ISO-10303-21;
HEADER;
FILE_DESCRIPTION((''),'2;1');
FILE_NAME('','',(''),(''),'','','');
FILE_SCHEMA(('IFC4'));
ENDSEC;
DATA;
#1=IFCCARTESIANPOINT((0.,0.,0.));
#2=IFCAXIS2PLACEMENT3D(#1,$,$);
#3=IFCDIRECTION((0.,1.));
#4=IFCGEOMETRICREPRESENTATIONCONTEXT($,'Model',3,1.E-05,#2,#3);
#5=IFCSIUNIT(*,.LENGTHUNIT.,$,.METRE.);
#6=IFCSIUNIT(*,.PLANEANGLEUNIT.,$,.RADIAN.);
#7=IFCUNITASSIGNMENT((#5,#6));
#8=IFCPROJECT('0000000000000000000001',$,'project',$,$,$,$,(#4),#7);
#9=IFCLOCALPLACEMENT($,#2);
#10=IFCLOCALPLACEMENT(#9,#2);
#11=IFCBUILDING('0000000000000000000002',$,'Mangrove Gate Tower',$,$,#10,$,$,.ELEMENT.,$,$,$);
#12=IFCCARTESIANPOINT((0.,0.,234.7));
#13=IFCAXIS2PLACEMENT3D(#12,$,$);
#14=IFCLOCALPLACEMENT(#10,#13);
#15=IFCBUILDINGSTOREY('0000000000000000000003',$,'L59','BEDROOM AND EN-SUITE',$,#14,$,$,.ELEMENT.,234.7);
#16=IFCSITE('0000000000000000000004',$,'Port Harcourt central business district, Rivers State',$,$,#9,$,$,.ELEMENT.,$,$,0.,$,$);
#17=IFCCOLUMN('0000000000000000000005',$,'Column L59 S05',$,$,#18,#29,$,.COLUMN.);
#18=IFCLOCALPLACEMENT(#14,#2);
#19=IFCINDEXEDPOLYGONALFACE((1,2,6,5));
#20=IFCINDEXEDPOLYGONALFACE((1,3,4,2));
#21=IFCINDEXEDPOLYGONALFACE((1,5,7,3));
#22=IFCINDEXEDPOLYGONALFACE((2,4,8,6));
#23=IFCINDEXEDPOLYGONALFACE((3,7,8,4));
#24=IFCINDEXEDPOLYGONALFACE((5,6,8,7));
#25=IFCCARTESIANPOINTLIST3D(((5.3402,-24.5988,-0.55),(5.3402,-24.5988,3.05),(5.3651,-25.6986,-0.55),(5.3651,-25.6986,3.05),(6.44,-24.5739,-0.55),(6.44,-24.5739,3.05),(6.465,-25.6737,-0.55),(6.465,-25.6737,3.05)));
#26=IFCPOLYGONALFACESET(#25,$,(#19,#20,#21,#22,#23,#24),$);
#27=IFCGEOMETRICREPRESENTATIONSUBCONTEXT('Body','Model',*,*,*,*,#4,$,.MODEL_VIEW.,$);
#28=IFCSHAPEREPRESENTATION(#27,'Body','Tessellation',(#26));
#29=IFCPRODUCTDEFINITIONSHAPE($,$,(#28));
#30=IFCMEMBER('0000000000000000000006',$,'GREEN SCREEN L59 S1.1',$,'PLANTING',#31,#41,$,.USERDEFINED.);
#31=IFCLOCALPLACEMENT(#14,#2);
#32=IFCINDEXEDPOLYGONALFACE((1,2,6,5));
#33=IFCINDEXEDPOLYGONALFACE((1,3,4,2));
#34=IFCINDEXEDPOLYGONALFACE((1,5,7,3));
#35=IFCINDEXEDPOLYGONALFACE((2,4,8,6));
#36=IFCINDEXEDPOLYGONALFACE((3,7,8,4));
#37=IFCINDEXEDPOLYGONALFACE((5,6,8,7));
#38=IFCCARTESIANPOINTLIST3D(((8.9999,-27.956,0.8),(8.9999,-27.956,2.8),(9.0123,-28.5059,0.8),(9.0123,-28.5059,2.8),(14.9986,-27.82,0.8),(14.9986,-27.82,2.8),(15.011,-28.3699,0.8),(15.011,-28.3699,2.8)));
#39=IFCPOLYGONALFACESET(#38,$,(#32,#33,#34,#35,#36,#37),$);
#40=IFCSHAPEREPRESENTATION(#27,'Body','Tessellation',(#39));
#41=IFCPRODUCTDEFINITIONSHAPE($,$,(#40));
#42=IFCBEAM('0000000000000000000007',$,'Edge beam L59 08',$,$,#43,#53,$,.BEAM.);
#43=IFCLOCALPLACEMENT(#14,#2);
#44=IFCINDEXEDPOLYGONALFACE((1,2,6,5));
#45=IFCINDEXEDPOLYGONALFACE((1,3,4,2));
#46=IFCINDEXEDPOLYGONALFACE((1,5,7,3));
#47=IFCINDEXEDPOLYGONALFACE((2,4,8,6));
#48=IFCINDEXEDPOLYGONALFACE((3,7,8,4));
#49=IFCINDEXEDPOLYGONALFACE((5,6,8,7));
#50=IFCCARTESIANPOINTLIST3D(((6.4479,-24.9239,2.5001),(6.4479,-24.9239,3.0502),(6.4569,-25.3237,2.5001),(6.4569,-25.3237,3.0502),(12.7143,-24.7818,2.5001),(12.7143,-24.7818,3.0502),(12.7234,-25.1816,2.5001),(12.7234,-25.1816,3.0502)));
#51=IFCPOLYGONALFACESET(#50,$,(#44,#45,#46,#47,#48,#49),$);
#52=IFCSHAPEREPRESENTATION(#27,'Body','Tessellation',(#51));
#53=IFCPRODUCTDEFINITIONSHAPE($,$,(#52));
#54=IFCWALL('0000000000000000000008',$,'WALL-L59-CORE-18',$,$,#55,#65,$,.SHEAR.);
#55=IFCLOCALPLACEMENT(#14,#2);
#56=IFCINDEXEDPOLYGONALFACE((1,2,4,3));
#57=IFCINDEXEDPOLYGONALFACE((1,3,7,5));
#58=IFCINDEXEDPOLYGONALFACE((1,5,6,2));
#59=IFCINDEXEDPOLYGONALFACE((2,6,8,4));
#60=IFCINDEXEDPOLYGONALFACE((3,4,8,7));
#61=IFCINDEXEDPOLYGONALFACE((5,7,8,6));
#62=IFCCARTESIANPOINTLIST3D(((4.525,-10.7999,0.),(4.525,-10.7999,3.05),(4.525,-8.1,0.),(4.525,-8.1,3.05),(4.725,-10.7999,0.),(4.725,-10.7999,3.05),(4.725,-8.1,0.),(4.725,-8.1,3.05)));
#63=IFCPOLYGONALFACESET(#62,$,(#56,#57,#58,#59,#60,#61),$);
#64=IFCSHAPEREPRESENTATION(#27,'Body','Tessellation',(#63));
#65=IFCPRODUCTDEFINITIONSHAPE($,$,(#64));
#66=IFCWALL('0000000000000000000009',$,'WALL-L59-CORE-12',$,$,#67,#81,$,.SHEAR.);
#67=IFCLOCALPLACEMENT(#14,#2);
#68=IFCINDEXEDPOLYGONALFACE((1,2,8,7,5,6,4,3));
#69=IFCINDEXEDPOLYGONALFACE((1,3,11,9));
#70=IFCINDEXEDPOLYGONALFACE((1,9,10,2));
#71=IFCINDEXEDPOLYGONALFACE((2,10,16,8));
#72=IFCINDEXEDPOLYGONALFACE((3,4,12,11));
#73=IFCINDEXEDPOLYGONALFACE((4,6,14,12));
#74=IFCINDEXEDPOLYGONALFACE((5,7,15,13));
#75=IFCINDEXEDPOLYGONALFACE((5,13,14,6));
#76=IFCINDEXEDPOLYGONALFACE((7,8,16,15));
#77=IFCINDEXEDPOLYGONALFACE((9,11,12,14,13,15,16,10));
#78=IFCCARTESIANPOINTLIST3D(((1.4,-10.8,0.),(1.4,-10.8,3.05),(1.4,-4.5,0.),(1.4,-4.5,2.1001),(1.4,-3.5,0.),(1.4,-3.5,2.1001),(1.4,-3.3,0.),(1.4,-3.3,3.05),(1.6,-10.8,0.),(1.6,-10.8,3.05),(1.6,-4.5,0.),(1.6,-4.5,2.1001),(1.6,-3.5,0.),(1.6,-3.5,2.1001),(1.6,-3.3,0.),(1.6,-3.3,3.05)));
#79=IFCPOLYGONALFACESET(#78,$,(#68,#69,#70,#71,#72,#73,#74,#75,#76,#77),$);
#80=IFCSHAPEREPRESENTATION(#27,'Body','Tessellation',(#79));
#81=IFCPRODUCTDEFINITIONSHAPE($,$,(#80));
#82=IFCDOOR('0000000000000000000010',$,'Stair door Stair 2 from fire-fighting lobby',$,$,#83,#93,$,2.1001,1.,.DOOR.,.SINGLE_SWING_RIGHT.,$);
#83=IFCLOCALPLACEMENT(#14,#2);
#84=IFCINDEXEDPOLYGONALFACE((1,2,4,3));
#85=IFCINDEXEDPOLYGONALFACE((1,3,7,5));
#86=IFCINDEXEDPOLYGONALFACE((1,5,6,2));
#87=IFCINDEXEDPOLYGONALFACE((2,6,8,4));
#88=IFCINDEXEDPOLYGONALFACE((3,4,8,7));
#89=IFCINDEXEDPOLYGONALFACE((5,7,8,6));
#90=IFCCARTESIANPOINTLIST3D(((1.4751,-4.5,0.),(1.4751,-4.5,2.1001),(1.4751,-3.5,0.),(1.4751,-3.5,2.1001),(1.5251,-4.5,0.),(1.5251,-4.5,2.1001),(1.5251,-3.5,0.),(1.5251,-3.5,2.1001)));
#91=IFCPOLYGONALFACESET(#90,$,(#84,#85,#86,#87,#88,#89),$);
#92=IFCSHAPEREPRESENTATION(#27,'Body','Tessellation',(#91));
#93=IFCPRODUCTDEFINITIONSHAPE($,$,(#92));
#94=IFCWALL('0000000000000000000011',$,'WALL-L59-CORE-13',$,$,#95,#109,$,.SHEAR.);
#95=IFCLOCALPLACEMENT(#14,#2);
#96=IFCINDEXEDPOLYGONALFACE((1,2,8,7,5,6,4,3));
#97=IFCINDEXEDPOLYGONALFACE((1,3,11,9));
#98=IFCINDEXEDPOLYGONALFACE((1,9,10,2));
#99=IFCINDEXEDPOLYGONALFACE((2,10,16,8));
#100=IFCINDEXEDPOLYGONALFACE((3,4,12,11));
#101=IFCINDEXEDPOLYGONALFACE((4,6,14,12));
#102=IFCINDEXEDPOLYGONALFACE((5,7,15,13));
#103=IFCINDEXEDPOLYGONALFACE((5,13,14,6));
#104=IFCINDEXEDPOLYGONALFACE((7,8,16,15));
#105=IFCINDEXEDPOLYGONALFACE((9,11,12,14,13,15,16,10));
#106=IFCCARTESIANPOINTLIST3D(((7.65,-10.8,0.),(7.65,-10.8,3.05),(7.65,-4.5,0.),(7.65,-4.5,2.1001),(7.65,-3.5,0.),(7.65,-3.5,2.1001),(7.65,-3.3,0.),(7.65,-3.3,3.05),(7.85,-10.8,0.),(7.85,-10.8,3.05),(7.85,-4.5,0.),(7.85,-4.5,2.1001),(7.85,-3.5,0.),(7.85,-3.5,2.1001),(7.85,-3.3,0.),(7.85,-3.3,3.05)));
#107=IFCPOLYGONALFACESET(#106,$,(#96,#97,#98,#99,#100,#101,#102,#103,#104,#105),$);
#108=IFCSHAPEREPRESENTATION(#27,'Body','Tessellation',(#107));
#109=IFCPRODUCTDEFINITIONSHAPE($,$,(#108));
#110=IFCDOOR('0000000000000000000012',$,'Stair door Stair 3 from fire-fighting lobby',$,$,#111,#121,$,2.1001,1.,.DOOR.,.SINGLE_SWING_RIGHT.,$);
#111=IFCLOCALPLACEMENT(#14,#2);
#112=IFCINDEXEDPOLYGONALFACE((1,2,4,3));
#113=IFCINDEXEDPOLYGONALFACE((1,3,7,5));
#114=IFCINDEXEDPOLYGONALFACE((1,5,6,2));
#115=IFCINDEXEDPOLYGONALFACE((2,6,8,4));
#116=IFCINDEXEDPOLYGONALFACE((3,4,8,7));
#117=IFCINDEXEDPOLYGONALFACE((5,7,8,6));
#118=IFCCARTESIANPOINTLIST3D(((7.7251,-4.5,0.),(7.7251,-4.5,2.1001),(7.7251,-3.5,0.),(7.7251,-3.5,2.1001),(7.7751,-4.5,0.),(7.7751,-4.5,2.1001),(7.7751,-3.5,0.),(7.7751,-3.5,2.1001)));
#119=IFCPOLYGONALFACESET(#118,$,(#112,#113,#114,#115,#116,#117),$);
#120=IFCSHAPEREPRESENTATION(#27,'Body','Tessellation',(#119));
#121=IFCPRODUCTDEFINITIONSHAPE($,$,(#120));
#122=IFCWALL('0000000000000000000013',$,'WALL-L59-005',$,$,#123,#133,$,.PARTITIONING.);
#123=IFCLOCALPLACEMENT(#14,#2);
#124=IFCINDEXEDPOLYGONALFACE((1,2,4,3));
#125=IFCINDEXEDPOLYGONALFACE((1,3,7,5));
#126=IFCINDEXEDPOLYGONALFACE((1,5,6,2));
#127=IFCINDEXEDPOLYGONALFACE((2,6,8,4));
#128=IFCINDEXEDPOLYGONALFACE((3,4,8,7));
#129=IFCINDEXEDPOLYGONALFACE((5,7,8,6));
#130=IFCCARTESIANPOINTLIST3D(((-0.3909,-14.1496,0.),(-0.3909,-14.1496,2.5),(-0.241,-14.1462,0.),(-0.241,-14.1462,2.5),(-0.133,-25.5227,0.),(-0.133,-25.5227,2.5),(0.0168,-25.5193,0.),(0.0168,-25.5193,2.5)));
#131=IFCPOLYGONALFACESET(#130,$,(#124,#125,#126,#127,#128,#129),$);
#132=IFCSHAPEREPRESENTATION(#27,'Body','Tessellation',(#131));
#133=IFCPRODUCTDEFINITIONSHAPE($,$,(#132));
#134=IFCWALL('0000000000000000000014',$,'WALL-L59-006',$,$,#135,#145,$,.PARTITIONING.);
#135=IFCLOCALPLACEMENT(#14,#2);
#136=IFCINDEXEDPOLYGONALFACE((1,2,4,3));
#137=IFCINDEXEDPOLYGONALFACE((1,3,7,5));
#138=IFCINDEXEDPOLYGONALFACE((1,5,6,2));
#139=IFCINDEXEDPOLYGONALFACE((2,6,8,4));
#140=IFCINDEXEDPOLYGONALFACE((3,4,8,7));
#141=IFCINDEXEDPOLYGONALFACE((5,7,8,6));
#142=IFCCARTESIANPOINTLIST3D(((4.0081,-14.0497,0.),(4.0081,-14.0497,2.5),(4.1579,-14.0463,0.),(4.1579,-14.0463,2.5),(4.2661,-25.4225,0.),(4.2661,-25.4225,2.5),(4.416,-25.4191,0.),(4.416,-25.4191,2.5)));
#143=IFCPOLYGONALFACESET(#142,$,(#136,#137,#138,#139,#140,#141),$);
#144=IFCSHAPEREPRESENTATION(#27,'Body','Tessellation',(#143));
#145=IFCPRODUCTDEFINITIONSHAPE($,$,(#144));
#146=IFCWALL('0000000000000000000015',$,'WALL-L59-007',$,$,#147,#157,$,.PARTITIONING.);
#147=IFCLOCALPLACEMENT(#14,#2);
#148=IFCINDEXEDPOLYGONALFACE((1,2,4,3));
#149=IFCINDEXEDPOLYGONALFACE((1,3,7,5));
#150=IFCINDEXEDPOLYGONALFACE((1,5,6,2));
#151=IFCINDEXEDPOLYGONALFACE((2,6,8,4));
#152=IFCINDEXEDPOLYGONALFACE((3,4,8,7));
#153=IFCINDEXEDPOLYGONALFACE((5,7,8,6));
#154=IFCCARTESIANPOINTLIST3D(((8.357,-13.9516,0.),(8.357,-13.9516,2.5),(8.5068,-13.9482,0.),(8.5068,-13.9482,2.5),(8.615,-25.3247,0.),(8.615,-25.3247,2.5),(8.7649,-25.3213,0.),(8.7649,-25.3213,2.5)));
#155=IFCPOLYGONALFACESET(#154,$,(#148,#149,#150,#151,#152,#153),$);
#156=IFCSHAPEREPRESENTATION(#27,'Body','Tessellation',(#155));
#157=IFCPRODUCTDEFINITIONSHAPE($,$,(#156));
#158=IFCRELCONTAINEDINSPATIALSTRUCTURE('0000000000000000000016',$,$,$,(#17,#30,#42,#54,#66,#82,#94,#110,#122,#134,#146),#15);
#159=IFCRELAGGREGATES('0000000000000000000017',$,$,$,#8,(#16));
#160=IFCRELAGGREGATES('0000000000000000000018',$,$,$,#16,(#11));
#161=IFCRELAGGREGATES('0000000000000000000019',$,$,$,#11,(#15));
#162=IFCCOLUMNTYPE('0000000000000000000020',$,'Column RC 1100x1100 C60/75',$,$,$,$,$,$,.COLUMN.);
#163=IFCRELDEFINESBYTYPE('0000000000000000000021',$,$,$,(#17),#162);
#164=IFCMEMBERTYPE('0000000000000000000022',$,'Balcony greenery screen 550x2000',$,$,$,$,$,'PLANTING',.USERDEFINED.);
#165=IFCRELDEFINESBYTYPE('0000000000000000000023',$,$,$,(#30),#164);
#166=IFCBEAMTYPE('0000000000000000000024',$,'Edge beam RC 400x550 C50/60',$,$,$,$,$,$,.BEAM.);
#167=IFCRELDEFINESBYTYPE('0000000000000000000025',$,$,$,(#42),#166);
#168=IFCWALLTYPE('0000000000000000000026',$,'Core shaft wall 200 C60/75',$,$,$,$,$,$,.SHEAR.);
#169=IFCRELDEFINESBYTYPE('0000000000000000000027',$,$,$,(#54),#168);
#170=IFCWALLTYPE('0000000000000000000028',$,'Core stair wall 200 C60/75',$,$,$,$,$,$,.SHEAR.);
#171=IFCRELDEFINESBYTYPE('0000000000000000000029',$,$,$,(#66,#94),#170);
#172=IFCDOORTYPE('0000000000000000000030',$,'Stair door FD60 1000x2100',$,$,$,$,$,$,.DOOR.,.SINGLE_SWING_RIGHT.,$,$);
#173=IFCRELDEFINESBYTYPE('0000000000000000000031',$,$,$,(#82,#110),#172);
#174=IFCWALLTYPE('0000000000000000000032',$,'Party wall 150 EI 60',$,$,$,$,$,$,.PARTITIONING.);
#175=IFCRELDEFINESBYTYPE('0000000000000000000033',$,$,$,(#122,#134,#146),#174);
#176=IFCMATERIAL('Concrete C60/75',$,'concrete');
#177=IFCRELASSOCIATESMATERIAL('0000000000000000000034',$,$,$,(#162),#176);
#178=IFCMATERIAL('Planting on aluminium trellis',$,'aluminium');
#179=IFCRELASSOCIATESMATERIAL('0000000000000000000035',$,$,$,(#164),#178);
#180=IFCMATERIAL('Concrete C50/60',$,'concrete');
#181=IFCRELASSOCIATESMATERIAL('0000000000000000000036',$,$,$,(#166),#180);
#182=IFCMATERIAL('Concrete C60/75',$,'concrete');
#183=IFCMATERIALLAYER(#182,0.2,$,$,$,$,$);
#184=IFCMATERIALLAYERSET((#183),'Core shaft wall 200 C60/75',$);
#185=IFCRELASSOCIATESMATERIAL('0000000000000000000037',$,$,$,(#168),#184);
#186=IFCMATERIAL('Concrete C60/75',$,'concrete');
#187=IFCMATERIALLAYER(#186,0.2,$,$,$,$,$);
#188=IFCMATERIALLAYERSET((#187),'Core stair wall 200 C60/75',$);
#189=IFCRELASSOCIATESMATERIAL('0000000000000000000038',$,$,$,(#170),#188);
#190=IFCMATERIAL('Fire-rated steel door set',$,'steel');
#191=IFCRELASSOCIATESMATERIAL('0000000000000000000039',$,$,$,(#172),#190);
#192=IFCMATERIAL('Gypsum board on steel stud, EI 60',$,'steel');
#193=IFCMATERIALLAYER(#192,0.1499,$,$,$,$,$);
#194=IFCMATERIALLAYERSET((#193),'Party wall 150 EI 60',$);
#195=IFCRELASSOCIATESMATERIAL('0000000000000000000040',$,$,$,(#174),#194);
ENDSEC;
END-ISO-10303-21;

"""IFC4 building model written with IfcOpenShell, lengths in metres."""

from ifc_helpers import new_model, si_unit, direction, frame, frame_2d, origin, origin_2d, place, context, subcontext, project, spatial, rectangle, extrude, material, layer, layer_set, material_profile, profile_set, type_object, element, fill, save


model = new_model("IFC4")

# Units and contexts
model_context = context("Model", 3, precision=1e-05, world=origin(), true_north=direction((0.0, 1.0)))
body_context = subcontext(model_context, "Body", "Model", "MODEL_VIEW")
ifc_project = project(units=[si_unit("LENGTHUNIT", "METRE"), si_unit("PLANEANGLEUNIT", "RADIAN")], contexts=[model_context])

# Site, building, storey
site_placement = place(None, origin())
site = spatial("IfcSite", under=ifc_project, at=site_placement, Name="Port Harcourt central business district, Rivers State", CompositionType="ELEMENT", RefElevation=0.0)
building_placement = place(site_placement, origin())
building = spatial("IfcBuilding", under=site, at=building_placement, Name="Mangrove Gate Tower", CompositionType="ELEMENT")
storey_placement = place(building_placement, frame((0.0, 0.0, 234.7)))
storey = spatial("IfcBuildingStorey", under=building, at=storey_placement, Name="L59", Description="BEDROOM AND EN-SUITE", CompositionType="ELEMENT", Elevation=234.7)

# Column
ifc_material_1 = material(Name="Concrete C60/75", Category="concrete")
ifc_material_profile_1 = material_profile(ifc_material_1, rectangle(XDim=1.1001, YDim=1.1001, at=origin_2d()))
ifc_profile_set_1 = profile_set([ifc_material_profile_1], Name="Concrete C60/75")
column_type = type_object("IfcColumnType", Name="Column RC 1100x1100 C60/75", PredefinedType="COLUMN", material=ifc_profile_set_1)
column_placement = place(storey_placement, frame((5.9026, -25.1362, -0.55), z_axis=(0.0, 0.0, 1.0), x_axis=(0.999743, 0.022666, 0.0)))
element("IfcColumn", 1, at=column_placement, inside=storey, type_object=column_type, Name="Column L59 S05", PredefinedType="COLUMN", context=body_context, shape_type="SweptSolid", body=[
    extrude(rectangle(XDim=1.1001, YDim=1.1001, at=origin_2d()), origin(), (0.0, 0.0, 1.0), 3.6001),
])

# Member
ifc_material_2 = material(Name="Planting on aluminium trellis", Category="aluminium")
ifc_material_profile_2 = material_profile(ifc_material_2, rectangle(XDim=0.55, YDim=2.0, at=origin_2d()))
ifc_profile_set_2 = profile_set([ifc_material_profile_2], Name="Planting on aluminium trellis")
member_type = type_object("IfcMemberType", Name="Balcony greenery screen 550x2000", ElementType="PLANTING", PredefinedType="USERDEFINED", material=ifc_profile_set_2)
member_placement = place(storey_placement, frame((9.0061, -28.231, 1.8), z_axis=(0.999743, 0.022663, 0.0), x_axis=(-0.022663, 0.999743, 0.0)))
element("IfcMember", 2, at=member_placement, inside=storey, type_object=member_type, Name="GREEN SCREEN L59 S1.1", ObjectType="PLANTING", PredefinedType="USERDEFINED", context=body_context, shape_type="SweptSolid", body=[
    extrude(rectangle(XDim=0.55, YDim=2.0, at=origin_2d()), origin(), (0.0, 0.0, 1.0), 6.0002),
])

# Beam
ifc_material_3 = material(Name="Concrete C50/60", Category="concrete")
ifc_material_profile_3 = material_profile(ifc_material_3, rectangle(XDim=0.3999, YDim=0.55, at=origin_2d()))
ifc_profile_set_3 = profile_set([ifc_material_profile_3], Name="Concrete C50/60")
beam_type = type_object("IfcBeamType", Name="Edge beam RC 400x550 C50/60", PredefinedType="BEAM", material=ifc_profile_set_3)
beam_placement = place(storey_placement, frame((6.4524, -25.1238, 2.7751), z_axis=(0.999743, 0.022669, 0.0), x_axis=(-0.022669, 0.999743, 0.0)))
element("IfcBeam", 3, at=beam_placement, inside=storey, type_object=beam_type, Name="Edge beam L59 08", PredefinedType="BEAM", context=body_context, shape_type="SweptSolid", body=[
    extrude(rectangle(XDim=0.3999, YDim=0.55, at=origin_2d()), origin(), (0.0, 0.0, 1.0), 6.2681),
])

# Wall
ifc_material_4 = material(Name="Concrete C60/75", Category="concrete")
ifc_layer_1 = layer(ifc_material_4, 0.2)
ifc_layer_set_1 = layer_set([ifc_layer_1], Name="Core shaft wall 200 C60/75")
wall_type_1 = type_object("IfcWallType", Name="Core shaft wall 200 C60/75", PredefinedType="SHEAR", material=ifc_layer_set_1)
wall_1_placement = place(storey_placement, frame((4.625, -10.8, 0.0), z_axis=(0.0, 0.0, 1.0), x_axis=(0.0, 1.0, 0.0)))
element("IfcWall", 4, at=wall_1_placement, inside=storey, type_object=wall_type_1, Name="WALL-L59-CORE-18", PredefinedType="SHEAR", context=body_context, shape_type="SweptSolid", body=[
    extrude(rectangle(XDim=2.7, YDim=0.2, at=frame_2d((1.3501, 0.0))), origin(), (0.0, 0.0, 1.0), 3.05),
])

# Walls, openings, doors
ifc_material_5 = material(Name="Concrete C60/75", Category="concrete")
ifc_layer_2 = layer(ifc_material_5, 0.2)
ifc_layer_set_2 = layer_set([ifc_layer_2], Name="Core stair wall 200 C60/75")
wall_type_2 = type_object("IfcWallType", Name="Core stair wall 200 C60/75", PredefinedType="SHEAR", material=ifc_layer_set_2)
wall_2_placement = place(storey_placement, frame((1.5, -10.8, 0.0), z_axis=(0.0, 0.0, 1.0), x_axis=(0.0, 1.0, 0.0)))
wall_2 = element("IfcWall", 5, at=wall_2_placement, inside=storey, type_object=wall_type_2, Name="WALL-L59-CORE-12", PredefinedType="SHEAR", context=body_context, shape_type="SweptSolid", body=[
    extrude(rectangle(XDim=7.5, YDim=0.2, at=frame_2d((3.75, 0.0))), origin(), (0.0, 0.0, 1.0), 3.05),
])
opening_1_placement = place(wall_2_placement, frame((6.3, 0.0, 0.0)))
opening_1 = element("IfcOpeningElement", 6, at=opening_1_placement, cuts=wall_2, PredefinedType="OPENING", context=body_context, shape_type="SweptSolid", body=[
    extrude(rectangle(XDim=1.0, YDim=2.1001, at=frame_2d((0.5, 1.05))), frame((0.0, 0.1099, 0.0), z_axis=(0.0, -1.0, 0.0), x_axis=(1.0, 0.0, 0.0)), (0.0, 0.0, 1.0), 0.22),
])
ifc_material_6 = material(Name="Fire-rated steel door set", Category="steel")
door_type_1 = type_object("IfcDoorType", Name="Stair door FD60 1000x2100", OperationType="SINGLE_SWING_RIGHT", PredefinedType="DOOR", material=ifc_material_6)
door_1_placement = place(opening_1_placement, origin())
door_1 = element("IfcDoor", 7, at=door_1_placement, inside=storey, type_object=door_type_1, Name="Stair door Stair 2 from fire-fighting lobby", OperationType="SINGLE_SWING_RIGHT", OverallHeight=2.1001, OverallWidth=1.0, PredefinedType="DOOR", context=body_context, shape_type="SweptSolid", body=[
    extrude(rectangle(XDim=1.0, YDim=2.1001, at=frame_2d((0.5, 1.05))), frame((0.0, 0.0249, 0.0), z_axis=(0.0, -1.0, 0.0), x_axis=(1.0, 0.0, 0.0)), (0.0, 0.0, 1.0), 0.05),
])
fill(opening_1, door_1)
wall_3_placement = place(storey_placement, frame((7.75, -10.8, 0.0), z_axis=(0.0, 0.0, 1.0), x_axis=(0.0, 1.0, 0.0)))
wall_3 = element("IfcWall", 8, at=wall_3_placement, inside=storey, type_object=wall_type_2, Name="WALL-L59-CORE-13", PredefinedType="SHEAR", context=body_context, shape_type="SweptSolid", body=[
    extrude(rectangle(XDim=7.5, YDim=0.2, at=frame_2d((3.75, 0.0))), origin(), (0.0, 0.0, 1.0), 3.05),
])
opening_2_placement = place(wall_3_placement, frame((6.3, 0.0, 0.0)))
opening_2 = element("IfcOpeningElement", 9, at=opening_2_placement, cuts=wall_3, PredefinedType="OPENING", context=body_context, shape_type="SweptSolid", body=[
    extrude(rectangle(XDim=1.0, YDim=2.1001, at=frame_2d((0.5, 1.05))), frame((0.0, 0.1099, 0.0), z_axis=(0.0, -1.0, 0.0), x_axis=(1.0, 0.0, 0.0)), (0.0, 0.0, 1.0), 0.22),
])
door_2_placement = place(opening_2_placement, origin())
door_2 = element("IfcDoor", 10, at=door_2_placement, inside=storey, type_object=door_type_1, Name="Stair door Stair 3 from fire-fighting lobby", OperationType="SINGLE_SWING_RIGHT", OverallHeight=2.1001, OverallWidth=1.0, PredefinedType="DOOR", context=body_context, shape_type="SweptSolid", body=[
    extrude(rectangle(XDim=1.0, YDim=2.1001, at=frame_2d((0.5, 1.05))), frame((0.0, 0.0249, 0.0), z_axis=(0.0, -1.0, 0.0), x_axis=(1.0, 0.0, 0.0)), (0.0, 0.0, 1.0), 0.05),
])
fill(opening_2, door_2)

# Walls
ifc_material_7 = material(Name="Gypsum board on steel stud, EI 60", Category="steel")
ifc_layer_3 = layer(ifc_material_7, 0.1499)
ifc_layer_set_3 = layer_set([ifc_layer_3], Name="Party wall 150 EI 60")
wall_type_3 = type_object("IfcWallType", Name="Party wall 150 EI 60", PredefinedType="PARTITIONING", material=ifc_layer_set_3)
wall_4_placement = place(storey_placement, frame((-0.0581, -25.521, 0.0), z_axis=(0.0, 0.0, 1.0), x_axis=(-0.022663, 0.999743, 0.0)))
element("IfcWall", 11, at=wall_4_placement, inside=storey, type_object=wall_type_3, Name="WALL-L59-005", PredefinedType="PARTITIONING", context=body_context, shape_type="SweptSolid", body=[
    extrude(rectangle(XDim=11.376, YDim=0.1499, at=frame_2d((5.688, 0.0))), origin(), (0.0, 0.0, 1.0), 2.5),
])
wall_5_placement = place(storey_placement, frame((4.3411, -25.4209, 0.0), z_axis=(0.0, 0.0, 1.0), x_axis=(-0.022685, 0.999743, 0.0)))
element("IfcWall", 12, at=wall_5_placement, inside=storey, type_object=wall_type_3, Name="WALL-L59-006", PredefinedType="PARTITIONING", context=body_context, shape_type="SweptSolid", body=[
    extrude(rectangle(XDim=11.3757, YDim=0.1499, at=frame_2d((5.688, 0.0))), origin(), (0.0, 0.0, 1.0), 2.5),
])
wall_6_placement = place(storey_placement, frame((8.6899, -25.323, 0.0), z_axis=(0.0, 0.0, 1.0), x_axis=(-0.022684, 0.999743, 0.0)))
element("IfcWall", 13, at=wall_6_placement, inside=storey, type_object=wall_type_3, Name="WALL-L59-007", PredefinedType="PARTITIONING", context=body_context, shape_type="SweptSolid", body=[
    extrude(rectangle(XDim=11.376, YDim=0.1499, at=frame_2d((5.688, 0.0))), origin(), (0.0, 0.0, 1.0), 2.5),
])

save(model, "model.ifc")
